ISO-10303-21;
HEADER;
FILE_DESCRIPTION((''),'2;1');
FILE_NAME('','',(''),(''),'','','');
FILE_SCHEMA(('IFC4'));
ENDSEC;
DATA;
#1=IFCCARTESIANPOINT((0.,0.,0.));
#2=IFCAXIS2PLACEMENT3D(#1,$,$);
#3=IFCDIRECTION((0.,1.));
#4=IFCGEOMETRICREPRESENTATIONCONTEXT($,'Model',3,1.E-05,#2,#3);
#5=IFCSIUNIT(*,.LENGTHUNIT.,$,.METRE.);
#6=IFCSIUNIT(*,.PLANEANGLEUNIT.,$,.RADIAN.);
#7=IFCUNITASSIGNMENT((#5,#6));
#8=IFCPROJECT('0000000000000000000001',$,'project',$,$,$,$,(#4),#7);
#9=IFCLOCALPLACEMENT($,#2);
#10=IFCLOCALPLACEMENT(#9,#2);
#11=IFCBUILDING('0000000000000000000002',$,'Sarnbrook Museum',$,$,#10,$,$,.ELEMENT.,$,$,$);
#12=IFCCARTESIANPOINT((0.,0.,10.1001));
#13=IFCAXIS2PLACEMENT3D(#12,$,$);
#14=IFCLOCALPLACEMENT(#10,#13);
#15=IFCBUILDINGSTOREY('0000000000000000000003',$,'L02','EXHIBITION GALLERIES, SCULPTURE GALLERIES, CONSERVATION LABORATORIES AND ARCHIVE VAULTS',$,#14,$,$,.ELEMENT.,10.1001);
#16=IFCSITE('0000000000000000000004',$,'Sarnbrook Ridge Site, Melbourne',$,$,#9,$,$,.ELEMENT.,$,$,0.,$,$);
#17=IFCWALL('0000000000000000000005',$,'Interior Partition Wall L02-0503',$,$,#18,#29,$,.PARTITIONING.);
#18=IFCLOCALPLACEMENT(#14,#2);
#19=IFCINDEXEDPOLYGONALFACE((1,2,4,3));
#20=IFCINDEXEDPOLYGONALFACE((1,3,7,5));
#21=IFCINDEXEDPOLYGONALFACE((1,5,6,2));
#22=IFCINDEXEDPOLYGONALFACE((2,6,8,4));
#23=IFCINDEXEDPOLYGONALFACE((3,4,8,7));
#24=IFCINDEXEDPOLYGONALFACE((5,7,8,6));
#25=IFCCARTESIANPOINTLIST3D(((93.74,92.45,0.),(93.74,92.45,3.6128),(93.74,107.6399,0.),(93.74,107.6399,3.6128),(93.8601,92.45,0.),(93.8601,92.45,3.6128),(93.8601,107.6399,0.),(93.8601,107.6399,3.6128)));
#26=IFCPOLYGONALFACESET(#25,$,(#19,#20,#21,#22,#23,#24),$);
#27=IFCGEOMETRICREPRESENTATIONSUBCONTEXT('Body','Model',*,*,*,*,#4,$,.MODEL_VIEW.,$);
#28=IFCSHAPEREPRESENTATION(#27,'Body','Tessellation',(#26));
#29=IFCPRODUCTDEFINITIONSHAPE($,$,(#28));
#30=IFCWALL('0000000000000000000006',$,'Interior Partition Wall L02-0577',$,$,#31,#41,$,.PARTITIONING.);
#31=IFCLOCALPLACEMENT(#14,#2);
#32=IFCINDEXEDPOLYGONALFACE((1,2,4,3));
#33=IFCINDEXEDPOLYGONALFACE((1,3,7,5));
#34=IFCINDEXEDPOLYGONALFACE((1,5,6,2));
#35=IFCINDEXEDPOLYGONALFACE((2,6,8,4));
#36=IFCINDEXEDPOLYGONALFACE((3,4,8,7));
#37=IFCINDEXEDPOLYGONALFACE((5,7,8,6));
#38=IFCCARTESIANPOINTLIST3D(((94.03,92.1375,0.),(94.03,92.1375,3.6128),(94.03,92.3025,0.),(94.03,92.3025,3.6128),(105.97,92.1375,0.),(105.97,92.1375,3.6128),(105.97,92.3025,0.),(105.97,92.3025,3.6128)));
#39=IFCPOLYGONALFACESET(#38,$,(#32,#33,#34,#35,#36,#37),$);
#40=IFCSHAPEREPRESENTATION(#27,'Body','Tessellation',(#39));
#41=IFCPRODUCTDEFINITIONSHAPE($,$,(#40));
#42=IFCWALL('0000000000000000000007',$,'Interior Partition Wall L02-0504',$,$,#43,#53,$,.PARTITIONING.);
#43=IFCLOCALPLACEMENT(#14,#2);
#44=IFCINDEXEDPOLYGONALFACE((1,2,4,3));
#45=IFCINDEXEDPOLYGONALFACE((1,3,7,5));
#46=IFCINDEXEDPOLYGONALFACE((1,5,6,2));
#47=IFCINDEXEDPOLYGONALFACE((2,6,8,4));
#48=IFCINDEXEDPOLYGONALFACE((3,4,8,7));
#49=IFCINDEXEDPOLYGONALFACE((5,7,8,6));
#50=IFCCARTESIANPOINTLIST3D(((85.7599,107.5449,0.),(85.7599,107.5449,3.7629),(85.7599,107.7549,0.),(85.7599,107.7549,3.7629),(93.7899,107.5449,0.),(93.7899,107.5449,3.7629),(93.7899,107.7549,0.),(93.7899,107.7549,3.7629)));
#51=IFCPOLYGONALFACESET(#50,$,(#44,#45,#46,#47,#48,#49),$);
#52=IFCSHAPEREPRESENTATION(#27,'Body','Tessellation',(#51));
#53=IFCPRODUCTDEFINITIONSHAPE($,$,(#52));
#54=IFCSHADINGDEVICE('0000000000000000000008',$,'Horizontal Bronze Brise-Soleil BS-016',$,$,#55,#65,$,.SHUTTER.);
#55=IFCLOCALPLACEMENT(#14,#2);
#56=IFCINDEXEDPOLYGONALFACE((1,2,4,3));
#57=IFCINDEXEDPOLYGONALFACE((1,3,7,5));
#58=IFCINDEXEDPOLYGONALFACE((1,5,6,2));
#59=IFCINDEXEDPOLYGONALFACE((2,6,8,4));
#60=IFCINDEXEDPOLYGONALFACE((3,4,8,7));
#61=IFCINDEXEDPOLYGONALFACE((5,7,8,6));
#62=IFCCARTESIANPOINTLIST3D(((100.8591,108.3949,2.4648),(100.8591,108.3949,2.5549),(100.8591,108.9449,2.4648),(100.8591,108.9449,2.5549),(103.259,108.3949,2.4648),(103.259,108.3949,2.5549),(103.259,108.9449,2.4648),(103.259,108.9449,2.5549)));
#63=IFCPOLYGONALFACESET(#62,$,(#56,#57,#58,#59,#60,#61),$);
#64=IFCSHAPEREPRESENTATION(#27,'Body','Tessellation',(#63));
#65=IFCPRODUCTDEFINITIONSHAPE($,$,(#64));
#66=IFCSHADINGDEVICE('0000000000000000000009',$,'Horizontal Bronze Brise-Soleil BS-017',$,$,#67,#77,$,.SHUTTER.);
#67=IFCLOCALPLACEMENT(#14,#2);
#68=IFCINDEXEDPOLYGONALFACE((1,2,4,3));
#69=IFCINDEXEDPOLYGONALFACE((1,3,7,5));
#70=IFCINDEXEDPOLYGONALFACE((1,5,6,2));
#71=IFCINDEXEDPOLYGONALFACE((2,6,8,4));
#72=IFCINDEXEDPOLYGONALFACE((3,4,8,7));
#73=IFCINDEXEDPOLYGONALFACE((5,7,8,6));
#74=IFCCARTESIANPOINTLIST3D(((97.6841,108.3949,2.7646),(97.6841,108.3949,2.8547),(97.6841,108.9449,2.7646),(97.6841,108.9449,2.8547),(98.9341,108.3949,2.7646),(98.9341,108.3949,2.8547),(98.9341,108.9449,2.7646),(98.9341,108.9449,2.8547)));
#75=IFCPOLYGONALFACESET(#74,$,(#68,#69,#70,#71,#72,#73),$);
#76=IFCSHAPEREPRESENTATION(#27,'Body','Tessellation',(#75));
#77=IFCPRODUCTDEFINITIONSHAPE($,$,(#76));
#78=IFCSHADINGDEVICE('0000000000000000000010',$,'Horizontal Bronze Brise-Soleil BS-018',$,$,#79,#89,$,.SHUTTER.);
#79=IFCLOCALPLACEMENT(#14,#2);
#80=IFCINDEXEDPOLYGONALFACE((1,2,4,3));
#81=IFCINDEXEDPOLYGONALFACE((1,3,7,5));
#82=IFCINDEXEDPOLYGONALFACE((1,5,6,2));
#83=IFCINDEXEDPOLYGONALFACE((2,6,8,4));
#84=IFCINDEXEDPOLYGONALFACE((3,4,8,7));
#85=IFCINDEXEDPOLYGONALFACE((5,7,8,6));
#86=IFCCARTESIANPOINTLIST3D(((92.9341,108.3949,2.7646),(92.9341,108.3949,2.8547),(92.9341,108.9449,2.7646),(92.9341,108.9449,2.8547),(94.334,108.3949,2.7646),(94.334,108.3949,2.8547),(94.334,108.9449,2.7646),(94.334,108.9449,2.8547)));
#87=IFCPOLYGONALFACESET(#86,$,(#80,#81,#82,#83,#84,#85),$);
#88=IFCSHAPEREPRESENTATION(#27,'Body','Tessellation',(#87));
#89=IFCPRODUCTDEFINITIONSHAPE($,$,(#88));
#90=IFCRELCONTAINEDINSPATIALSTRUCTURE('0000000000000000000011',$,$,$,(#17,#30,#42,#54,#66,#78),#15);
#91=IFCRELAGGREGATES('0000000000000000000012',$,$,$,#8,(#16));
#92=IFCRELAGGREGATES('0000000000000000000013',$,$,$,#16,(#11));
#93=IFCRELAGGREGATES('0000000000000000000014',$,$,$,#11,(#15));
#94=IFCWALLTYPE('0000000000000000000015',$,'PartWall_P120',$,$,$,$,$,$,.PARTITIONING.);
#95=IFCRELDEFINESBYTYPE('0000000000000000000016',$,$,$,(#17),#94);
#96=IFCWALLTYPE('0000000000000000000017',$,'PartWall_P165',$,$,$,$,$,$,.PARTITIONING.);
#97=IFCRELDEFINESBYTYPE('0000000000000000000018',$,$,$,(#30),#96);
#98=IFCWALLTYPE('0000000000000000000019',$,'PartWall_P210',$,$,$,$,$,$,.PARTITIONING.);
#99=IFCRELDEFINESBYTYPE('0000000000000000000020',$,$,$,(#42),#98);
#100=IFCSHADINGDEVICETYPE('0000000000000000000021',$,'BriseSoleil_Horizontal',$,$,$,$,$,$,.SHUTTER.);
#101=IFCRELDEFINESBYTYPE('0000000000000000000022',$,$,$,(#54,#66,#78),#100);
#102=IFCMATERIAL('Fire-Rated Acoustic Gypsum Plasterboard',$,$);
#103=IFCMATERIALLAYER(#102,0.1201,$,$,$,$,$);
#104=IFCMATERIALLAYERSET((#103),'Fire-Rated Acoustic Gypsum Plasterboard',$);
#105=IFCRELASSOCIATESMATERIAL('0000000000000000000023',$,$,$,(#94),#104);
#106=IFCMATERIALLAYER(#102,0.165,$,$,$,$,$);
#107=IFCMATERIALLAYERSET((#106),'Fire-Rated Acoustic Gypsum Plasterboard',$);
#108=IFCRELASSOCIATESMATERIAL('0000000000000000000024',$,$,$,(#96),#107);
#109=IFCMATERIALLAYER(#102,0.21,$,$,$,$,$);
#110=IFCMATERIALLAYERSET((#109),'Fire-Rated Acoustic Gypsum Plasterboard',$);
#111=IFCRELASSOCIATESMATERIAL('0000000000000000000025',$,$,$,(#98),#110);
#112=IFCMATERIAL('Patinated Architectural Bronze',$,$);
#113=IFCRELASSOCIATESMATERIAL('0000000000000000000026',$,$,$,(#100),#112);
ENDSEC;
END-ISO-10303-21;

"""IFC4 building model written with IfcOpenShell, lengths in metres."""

from ifc_helpers import new_model, si_unit, direction, frame, frame_2d, origin, origin_2d, place, context, subcontext, project, spatial, rectangle, extrude, material, layer, layer_set, type_object, element, save


model = new_model("IFC4")

# Units and contexts
model_context = context("Model", 3, precision=1e-05, world=origin(), true_north=direction((0.0, 1.0)))
body_context = subcontext(model_context, "Body", "Model", "MODEL_VIEW")
ifc_project = project(units=[si_unit("LENGTHUNIT", "METRE"), si_unit("PLANEANGLEUNIT", "RADIAN")], contexts=[model_context])

# Site, building, storey
site_placement = place(None, origin())
site = spatial("IfcSite", under=ifc_project, at=site_placement, Name="Sarnbrook Ridge Site, Melbourne", CompositionType="ELEMENT", RefElevation=0.0)
building_placement = place(site_placement, origin())
building = spatial("IfcBuilding", under=site, at=building_placement, Name="Sarnbrook Museum", CompositionType="ELEMENT")
storey_placement = place(building_placement, frame((0.0, 0.0, 10.1001)))
storey = spatial("IfcBuildingStorey", under=building, at=storey_placement, Name="L02", Description="EXHIBITION GALLERIES, SCULPTURE GALLERIES, CONSERVATION LABORATORIES AND ARCHIVE VAULTS", CompositionType="ELEMENT", Elevation=10.1001)

# Walls
ifc_material_1 = material(Name="Fire-Rated Acoustic Gypsum Plasterboard")
ifc_layer_1 = layer(ifc_material_1, 0.1201)
ifc_layer_set_1 = layer_set([ifc_layer_1], Name="Fire-Rated Acoustic Gypsum Plasterboard")
wall_type_1 = type_object("IfcWallType", Name="PartWall_P120", PredefinedType="PARTITIONING", material=ifc_layer_set_1)
wall_1_placement = place(storey_placement, frame((93.8, 92.45, 0.0), z_axis=(0.0, 0.0, 1.0), x_axis=(0.0, 1.0, 0.0)))
element("IfcWall", 1, at=wall_1_placement, inside=storey, type_object=wall_type_1, Name="Interior Partition Wall L02-0503", PredefinedType="PARTITIONING", context=body_context, shape_type="SweptSolid", body=[
    extrude(rectangle(XDim=15.1899, YDim=0.1201, at=frame_2d((7.595, 0.0))), origin(), (0.0, 0.0, 1.0), 3.6128),
])
ifc_layer_2 = layer(ifc_material_1, 0.165)
ifc_layer_set_2 = layer_set([ifc_layer_2], Name="Fire-Rated Acoustic Gypsum Plasterboard")
wall_type_2 = type_object("IfcWallType", Name="PartWall_P165", PredefinedType="PARTITIONING", material=ifc_layer_set_2)
wall_2_placement = place(storey_placement, frame((105.97, 92.22, 0.0), z_axis=(0.0, 0.0, 1.0), x_axis=(-1.0, 0.0, 0.0)))
element("IfcWall", 2, at=wall_2_placement, inside=storey, type_object=wall_type_2, Name="Interior Partition Wall L02-0577", PredefinedType="PARTITIONING", context=body_context, shape_type="SweptSolid", body=[
    extrude(rectangle(XDim=11.9399, YDim=0.165, at=frame_2d((5.97, 0.0))), origin(), (0.0, 0.0, 1.0), 3.6128),
])
ifc_layer_3 = layer(ifc_material_1, 0.21)
ifc_layer_set_3 = layer_set([ifc_layer_3], Name="Fire-Rated Acoustic Gypsum Plasterboard")
wall_type_3 = type_object("IfcWallType", Name="PartWall_P210", PredefinedType="PARTITIONING", material=ifc_layer_set_3)
wall_3_placement = place(storey_placement, frame((93.79, 107.6499, 0.0), z_axis=(0.0, 0.0, 1.0), x_axis=(-1.0, 0.0, 0.0)))
element("IfcWall", 3, at=wall_3_placement, inside=storey, type_object=wall_type_3, Name="Interior Partition Wall L02-0504", PredefinedType="PARTITIONING", context=body_context, shape_type="SweptSolid", body=[
    extrude(rectangle(XDim=8.03, YDim=0.21, at=frame_2d((4.0151, 0.0))), origin(), (0.0, 0.0, 1.0), 3.7629),
])

# Shading devices
ifc_material_2 = material(Name="Patinated Architectural Bronze")
shading_device_type = type_object("IfcShadingDeviceType", Name="BriseSoleil_Horizontal", PredefinedType="SHUTTER", material=ifc_material_2)
shading_device_1_placement = place(storey_placement, frame((102.0591, 108.6699, 2.4648), z_axis=(0.0, 0.0, 1.0), x_axis=(1.0, 0.0, 0.0)))
element("IfcShadingDevice", 4, at=shading_device_1_placement, inside=storey, type_object=shading_device_type, Name="Horizontal Bronze Brise-Soleil BS-016", PredefinedType="SHUTTER", context=body_context, shape_type="SweptSolid", body=[
    extrude(rectangle(XDim=2.3999, YDim=0.55, at=origin_2d()), origin(), (0.0, 0.0, 1.0), 0.0901),
])
shading_device_2_placement = place(storey_placement, frame((98.3091, 108.6699, 2.7646), z_axis=(0.0, 0.0, 1.0), x_axis=(1.0, 0.0, 0.0)))
element("IfcShadingDevice", 5, at=shading_device_2_placement, inside=storey, type_object=shading_device_type, Name="Horizontal Bronze Brise-Soleil BS-017", PredefinedType="SHUTTER", context=body_context, shape_type="SweptSolid", body=[
    extrude(rectangle(XDim=1.25, YDim=0.55, at=origin_2d()), origin(), (0.0, 0.0, 1.0), 0.0901),
])
shading_device_3_placement = place(storey_placement, frame((93.634, 108.6699, 2.7646), z_axis=(0.0, 0.0, 1.0), x_axis=(1.0, 0.0, 0.0)))
element("IfcShadingDevice", 6, at=shading_device_3_placement, inside=storey, type_object=shading_device_type, Name="Horizontal Bronze Brise-Soleil BS-018", PredefinedType="SHUTTER", context=body_context, shape_type="SweptSolid", body=[
    extrude(rectangle(XDim=1.3999, YDim=0.55, at=origin_2d()), origin(), (0.0, 0.0, 1.0), 0.0901),
])

save(model, "model.ifc")
